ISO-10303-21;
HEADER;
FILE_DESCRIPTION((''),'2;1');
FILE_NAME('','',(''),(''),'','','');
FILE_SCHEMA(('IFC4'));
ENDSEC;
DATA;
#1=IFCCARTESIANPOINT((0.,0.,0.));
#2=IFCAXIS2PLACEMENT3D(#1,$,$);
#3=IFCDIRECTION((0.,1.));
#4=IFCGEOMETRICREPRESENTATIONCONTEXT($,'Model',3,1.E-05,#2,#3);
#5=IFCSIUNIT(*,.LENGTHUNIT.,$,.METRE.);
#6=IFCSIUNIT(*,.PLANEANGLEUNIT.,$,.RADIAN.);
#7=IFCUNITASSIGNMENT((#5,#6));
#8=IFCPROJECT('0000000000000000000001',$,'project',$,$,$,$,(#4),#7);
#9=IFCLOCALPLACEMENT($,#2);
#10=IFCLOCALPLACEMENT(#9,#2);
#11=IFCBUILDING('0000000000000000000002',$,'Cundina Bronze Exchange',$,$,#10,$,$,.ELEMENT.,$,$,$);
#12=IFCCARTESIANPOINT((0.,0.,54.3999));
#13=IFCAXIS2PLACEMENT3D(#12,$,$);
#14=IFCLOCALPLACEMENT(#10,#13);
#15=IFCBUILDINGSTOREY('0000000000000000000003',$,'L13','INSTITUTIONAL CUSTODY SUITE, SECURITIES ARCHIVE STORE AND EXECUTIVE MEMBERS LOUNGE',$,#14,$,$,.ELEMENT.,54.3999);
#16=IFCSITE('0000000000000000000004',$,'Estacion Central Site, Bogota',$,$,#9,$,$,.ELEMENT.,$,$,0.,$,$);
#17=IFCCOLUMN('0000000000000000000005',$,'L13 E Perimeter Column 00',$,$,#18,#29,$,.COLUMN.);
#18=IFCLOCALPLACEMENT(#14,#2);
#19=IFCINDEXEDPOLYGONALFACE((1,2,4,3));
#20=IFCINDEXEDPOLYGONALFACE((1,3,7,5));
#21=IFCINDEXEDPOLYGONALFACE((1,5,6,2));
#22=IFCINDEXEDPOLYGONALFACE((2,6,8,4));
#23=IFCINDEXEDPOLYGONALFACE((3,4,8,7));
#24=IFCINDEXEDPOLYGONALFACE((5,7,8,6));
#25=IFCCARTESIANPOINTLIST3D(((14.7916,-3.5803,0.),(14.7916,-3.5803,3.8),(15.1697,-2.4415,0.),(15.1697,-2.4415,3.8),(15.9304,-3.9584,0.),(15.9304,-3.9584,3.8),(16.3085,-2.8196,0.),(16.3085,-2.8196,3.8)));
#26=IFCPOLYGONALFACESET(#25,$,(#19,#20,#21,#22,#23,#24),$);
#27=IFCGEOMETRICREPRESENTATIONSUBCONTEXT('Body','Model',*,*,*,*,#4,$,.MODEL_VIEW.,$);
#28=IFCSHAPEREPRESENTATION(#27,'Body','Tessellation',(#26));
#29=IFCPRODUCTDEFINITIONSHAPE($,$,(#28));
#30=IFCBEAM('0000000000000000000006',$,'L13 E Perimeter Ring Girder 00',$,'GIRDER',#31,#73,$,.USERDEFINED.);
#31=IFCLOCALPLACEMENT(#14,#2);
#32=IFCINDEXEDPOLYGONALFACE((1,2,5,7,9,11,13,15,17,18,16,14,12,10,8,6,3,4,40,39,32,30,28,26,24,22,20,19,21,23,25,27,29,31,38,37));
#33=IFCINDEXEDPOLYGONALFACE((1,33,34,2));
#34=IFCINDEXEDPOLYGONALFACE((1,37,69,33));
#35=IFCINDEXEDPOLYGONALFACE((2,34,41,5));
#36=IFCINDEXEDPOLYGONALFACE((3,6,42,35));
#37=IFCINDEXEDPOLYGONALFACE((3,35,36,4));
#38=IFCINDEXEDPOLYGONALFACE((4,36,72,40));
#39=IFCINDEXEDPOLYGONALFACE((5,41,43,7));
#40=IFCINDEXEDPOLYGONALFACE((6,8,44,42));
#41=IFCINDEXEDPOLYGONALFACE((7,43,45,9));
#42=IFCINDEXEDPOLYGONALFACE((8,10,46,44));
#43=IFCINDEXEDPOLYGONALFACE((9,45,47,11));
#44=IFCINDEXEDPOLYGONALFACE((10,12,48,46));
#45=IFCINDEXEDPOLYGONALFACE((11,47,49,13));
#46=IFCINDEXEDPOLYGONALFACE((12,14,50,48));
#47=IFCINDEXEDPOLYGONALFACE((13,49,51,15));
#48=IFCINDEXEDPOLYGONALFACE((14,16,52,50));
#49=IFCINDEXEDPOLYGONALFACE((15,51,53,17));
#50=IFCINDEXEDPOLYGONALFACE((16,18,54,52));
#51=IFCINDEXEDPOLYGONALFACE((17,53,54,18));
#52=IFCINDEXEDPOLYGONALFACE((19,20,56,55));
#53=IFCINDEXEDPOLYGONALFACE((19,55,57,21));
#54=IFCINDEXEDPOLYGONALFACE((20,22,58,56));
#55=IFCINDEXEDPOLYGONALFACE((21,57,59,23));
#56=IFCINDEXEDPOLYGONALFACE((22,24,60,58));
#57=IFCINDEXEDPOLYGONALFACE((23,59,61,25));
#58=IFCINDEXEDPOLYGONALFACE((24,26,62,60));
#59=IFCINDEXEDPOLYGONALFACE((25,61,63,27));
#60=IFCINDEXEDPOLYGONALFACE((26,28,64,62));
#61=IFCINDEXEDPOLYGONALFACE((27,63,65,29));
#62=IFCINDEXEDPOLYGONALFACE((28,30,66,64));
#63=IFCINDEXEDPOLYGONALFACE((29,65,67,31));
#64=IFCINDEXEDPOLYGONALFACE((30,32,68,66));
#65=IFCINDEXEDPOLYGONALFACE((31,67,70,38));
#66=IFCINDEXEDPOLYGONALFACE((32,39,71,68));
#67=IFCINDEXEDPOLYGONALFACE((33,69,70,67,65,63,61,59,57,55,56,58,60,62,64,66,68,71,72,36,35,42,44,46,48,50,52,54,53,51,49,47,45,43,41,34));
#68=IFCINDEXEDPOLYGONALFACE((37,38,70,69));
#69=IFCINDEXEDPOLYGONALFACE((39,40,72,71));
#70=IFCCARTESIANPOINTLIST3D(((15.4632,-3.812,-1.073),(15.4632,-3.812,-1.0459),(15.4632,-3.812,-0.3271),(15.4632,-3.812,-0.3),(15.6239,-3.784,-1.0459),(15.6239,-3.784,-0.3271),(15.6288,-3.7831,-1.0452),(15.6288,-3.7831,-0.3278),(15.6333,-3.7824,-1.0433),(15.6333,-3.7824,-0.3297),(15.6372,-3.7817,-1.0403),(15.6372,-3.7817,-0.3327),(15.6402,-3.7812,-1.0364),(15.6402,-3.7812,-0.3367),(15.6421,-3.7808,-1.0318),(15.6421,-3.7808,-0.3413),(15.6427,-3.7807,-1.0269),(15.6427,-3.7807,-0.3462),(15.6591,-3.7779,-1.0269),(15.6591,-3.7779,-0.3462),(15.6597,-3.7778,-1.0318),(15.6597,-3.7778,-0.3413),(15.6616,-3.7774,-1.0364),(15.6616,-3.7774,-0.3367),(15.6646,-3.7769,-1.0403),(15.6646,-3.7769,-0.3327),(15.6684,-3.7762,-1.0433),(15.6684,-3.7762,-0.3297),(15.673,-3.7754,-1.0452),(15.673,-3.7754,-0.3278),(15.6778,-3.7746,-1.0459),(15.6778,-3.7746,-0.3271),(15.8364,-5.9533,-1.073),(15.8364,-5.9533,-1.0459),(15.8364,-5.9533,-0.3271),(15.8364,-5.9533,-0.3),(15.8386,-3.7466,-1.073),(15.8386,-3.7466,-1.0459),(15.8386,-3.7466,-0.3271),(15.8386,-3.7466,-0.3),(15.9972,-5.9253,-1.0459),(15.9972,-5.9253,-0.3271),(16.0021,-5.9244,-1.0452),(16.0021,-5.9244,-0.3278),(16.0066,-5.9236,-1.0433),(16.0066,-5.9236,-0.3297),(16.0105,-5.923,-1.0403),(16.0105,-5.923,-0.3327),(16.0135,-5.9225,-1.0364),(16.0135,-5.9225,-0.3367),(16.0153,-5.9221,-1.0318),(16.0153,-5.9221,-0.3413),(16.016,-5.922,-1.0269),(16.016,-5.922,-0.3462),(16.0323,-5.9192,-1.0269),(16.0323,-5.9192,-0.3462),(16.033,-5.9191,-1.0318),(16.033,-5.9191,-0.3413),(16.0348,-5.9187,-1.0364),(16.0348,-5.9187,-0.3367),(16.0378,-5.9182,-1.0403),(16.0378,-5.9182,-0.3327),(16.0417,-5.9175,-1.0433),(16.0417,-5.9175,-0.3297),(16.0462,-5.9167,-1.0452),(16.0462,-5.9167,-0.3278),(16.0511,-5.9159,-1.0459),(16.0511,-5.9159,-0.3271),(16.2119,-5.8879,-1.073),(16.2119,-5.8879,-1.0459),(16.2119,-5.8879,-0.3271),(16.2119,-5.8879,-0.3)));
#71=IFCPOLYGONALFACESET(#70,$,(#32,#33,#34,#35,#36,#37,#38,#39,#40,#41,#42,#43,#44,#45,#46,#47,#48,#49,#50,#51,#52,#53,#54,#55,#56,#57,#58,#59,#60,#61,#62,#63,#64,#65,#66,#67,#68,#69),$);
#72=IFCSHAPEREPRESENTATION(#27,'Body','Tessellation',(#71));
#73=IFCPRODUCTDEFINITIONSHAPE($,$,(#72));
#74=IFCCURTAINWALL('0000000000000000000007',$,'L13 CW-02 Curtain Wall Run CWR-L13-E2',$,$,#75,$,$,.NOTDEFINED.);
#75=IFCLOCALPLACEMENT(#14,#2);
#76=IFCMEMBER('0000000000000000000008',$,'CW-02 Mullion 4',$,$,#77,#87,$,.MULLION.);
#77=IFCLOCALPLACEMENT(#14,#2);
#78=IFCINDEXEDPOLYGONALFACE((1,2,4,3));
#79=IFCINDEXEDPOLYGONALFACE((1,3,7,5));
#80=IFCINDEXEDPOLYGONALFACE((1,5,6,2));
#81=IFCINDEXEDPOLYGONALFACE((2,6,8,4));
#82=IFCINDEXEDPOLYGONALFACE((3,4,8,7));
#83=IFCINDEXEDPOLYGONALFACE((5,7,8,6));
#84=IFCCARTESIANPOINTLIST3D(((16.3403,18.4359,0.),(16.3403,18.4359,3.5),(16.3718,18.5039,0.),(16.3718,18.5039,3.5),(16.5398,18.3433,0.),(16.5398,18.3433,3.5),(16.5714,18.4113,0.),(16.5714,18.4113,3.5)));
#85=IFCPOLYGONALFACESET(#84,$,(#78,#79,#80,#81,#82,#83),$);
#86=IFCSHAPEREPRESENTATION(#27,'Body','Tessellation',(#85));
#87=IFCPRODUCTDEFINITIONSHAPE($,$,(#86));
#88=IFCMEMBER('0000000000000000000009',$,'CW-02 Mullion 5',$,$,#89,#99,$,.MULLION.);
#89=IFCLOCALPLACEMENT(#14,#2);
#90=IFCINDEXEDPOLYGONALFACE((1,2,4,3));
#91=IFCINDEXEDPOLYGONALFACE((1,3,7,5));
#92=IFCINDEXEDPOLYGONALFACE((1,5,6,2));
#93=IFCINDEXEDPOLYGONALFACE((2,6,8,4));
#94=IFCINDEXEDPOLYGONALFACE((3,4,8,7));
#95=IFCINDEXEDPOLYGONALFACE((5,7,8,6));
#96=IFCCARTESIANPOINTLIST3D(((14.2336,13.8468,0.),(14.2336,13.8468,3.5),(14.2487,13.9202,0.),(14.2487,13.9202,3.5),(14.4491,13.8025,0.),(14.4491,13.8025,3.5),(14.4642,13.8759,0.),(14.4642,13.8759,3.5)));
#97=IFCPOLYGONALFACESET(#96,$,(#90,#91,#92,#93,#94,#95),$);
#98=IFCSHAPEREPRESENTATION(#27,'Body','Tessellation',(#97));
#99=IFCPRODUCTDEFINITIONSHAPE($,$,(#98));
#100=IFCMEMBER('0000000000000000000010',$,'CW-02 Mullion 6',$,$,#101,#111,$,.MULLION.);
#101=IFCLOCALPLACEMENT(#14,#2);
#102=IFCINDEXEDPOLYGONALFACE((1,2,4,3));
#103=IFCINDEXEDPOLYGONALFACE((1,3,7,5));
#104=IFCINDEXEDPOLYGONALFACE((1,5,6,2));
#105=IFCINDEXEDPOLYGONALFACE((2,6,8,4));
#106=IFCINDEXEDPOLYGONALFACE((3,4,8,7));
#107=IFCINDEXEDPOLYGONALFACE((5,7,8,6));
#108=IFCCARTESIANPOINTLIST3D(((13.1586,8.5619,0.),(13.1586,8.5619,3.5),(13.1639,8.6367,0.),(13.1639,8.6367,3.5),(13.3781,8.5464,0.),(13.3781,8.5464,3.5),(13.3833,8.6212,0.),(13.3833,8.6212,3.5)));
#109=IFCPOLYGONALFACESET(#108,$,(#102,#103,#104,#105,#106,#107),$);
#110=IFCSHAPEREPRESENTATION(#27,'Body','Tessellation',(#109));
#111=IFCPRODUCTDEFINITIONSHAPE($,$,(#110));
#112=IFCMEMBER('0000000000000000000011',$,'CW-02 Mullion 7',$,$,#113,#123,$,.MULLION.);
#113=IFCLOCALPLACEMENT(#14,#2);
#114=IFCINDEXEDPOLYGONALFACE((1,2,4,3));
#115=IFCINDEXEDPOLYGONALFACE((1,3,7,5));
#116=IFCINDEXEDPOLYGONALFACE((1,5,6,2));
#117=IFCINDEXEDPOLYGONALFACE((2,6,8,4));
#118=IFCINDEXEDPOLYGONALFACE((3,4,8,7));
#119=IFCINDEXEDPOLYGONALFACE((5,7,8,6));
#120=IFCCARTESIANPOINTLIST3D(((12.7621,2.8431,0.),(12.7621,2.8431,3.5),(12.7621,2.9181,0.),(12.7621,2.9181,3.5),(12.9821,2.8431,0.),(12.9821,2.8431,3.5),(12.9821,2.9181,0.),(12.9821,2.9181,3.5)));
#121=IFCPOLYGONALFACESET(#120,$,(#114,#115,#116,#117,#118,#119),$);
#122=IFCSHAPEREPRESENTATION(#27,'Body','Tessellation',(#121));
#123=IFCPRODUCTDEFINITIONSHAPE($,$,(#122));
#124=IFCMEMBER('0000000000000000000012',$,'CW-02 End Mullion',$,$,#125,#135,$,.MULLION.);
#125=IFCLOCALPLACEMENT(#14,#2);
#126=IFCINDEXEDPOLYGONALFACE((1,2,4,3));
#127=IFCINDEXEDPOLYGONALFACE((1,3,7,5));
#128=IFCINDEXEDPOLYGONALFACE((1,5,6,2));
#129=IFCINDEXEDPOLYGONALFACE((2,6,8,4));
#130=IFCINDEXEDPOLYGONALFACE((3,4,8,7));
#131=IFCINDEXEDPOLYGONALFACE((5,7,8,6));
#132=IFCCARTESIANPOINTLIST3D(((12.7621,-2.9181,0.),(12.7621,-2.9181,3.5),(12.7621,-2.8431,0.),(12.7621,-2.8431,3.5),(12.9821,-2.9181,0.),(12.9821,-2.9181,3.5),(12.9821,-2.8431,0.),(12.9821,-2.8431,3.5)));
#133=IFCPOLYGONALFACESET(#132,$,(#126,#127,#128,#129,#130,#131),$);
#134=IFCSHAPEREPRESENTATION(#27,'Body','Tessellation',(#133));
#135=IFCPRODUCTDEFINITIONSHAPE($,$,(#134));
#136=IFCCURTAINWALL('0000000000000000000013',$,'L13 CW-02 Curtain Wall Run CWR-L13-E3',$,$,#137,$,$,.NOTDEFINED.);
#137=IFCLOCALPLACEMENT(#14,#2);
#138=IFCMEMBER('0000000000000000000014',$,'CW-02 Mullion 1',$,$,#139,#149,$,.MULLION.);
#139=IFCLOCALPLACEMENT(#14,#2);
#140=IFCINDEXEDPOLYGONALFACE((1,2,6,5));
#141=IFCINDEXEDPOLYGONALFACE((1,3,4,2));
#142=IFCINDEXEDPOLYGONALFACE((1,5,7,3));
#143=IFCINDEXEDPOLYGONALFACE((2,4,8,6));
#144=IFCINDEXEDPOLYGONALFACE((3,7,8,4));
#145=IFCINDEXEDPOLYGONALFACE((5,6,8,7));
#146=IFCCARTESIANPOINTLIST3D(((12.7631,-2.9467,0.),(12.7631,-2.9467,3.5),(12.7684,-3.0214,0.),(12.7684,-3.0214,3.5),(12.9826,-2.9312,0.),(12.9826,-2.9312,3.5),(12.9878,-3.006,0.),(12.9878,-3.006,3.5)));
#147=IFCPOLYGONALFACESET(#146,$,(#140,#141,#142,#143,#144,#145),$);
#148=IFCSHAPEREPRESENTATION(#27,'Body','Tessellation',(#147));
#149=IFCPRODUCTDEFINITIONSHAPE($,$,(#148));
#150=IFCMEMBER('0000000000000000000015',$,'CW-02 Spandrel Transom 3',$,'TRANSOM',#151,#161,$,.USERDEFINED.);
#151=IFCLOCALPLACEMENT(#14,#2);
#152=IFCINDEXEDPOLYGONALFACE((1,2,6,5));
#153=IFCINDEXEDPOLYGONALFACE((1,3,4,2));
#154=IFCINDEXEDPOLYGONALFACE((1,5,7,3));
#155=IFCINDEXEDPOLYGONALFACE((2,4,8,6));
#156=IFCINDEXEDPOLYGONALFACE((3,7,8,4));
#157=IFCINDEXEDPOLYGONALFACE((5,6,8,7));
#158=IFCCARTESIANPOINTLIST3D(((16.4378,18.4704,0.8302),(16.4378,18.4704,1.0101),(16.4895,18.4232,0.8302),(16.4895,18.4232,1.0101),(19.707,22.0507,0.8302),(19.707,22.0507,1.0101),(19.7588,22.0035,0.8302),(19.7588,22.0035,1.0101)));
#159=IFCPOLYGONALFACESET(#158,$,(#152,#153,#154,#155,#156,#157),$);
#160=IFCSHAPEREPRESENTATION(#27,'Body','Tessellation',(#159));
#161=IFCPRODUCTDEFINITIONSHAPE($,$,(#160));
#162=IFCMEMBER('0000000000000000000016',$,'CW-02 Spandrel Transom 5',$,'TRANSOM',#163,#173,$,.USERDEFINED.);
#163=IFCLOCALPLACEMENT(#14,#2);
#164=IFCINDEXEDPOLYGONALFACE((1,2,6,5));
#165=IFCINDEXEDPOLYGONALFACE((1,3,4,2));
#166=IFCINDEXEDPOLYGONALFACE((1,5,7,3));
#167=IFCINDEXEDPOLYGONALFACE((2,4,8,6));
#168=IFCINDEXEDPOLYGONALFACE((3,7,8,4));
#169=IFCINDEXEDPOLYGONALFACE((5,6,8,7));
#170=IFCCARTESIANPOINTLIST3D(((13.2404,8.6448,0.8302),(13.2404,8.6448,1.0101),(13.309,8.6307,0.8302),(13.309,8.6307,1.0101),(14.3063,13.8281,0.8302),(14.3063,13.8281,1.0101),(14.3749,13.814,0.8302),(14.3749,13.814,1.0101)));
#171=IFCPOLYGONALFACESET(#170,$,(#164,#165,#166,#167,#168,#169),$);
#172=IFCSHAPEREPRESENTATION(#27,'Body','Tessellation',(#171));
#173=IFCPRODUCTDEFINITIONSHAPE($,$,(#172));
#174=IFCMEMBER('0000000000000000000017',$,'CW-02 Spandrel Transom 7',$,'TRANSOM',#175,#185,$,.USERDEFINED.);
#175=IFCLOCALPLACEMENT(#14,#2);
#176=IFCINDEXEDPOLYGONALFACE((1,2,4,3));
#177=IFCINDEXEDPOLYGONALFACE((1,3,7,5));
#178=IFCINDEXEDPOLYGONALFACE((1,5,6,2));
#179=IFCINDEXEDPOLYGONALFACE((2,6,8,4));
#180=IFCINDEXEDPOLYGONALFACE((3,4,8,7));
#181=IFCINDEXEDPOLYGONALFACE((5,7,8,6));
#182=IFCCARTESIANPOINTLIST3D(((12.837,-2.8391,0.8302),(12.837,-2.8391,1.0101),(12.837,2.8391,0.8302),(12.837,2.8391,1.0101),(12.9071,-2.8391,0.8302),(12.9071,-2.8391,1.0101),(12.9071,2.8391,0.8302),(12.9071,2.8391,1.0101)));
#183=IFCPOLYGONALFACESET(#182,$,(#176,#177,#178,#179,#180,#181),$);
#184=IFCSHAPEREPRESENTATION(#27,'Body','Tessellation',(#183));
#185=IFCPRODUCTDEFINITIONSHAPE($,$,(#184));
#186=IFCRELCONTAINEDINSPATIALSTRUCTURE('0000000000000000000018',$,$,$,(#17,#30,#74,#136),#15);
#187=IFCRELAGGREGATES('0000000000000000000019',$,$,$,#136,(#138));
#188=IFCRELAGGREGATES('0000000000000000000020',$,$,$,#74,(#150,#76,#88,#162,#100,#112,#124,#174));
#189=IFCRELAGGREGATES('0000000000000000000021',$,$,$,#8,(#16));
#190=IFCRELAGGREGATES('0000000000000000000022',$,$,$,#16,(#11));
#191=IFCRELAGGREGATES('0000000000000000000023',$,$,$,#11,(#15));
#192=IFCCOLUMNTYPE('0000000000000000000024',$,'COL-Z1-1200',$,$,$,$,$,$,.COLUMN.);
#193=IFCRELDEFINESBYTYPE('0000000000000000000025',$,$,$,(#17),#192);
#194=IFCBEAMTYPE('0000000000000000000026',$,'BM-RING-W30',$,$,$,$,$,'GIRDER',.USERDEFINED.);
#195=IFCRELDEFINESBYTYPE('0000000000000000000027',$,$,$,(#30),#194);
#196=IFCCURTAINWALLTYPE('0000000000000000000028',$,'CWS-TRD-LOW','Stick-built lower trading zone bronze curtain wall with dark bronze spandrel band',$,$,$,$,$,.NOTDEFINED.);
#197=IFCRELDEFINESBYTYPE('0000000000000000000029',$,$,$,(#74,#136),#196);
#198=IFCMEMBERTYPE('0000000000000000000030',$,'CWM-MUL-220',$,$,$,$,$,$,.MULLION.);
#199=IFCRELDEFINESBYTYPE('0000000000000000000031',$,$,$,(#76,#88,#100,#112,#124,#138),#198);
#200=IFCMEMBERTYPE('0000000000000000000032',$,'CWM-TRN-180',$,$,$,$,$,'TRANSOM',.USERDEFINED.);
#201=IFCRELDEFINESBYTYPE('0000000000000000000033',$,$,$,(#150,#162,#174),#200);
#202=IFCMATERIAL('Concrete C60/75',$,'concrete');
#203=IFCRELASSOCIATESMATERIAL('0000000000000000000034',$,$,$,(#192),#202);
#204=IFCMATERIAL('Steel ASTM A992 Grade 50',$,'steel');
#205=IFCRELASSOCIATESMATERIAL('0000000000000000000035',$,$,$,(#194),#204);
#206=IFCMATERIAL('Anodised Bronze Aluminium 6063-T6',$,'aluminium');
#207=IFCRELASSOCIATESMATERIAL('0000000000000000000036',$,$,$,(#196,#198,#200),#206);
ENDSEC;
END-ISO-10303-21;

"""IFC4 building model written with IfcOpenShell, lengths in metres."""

from ifc_helpers import new_model, si_unit, direction, frame, origin, origin_2d, place, context, subcontext, project, spatial, rectangle, i_section, extrude, material, material_profile, profile_set, type_object, element, aggregate, save


model = new_model("IFC4")

# Units and contexts
model_context = context("Model", 3, precision=1e-05, world=origin(), true_north=direction((0.0, 1.0)))
body_context = subcontext(model_context, "Body", "Model", "MODEL_VIEW")
ifc_project = project(units=[si_unit("LENGTHUNIT", "METRE"), si_unit("PLANEANGLEUNIT", "RADIAN")], contexts=[model_context])

# Site, building, storey
site_placement = place(None, origin())
site = spatial("IfcSite", under=ifc_project, at=site_placement, Name="Estacion Central Site, Bogota", CompositionType="ELEMENT", RefElevation=0.0)
building_placement = place(site_placement, origin())
building = spatial("IfcBuilding", under=site, at=building_placement, Name="Cundina Bronze Exchange", CompositionType="ELEMENT")
storey_placement = place(building_placement, frame((0.0, 0.0, 54.3999)))
storey = spatial("IfcBuildingStorey", under=building, at=storey_placement, Name="L13", Description="INSTITUTIONAL CUSTODY SUITE, SECURITIES ARCHIVE STORE AND EXECUTIVE MEMBERS LOUNGE", CompositionType="ELEMENT", Elevation=54.3999)

# Column
ifc_material_1 = material(Name="Concrete C60/75", Category="concrete")
ifc_material_profile_1 = material_profile(ifc_material_1, rectangle(XDim=1.2, YDim=1.2, at=origin_2d()), Name="RC1200X1200", Category="concrete")
ifc_profile_set_1 = profile_set([ifc_material_profile_1], Name="Concrete C60/75")
column_type = type_object("IfcColumnType", Name="COL-Z1-1200", PredefinedType="COLUMN", material=ifc_profile_set_1)
column_placement = place(storey_placement, frame((15.55, -3.2, 0.0), z_axis=(0.0, 0.0, 1.0), x_axis=(-0.315152, -0.949041, 0.0)))
element("IfcColumn", 1, at=column_placement, inside=storey, type_object=column_type, Name="L13 E Perimeter Column 00", PredefinedType="COLUMN", context=body_context, shape_type="SweptSolid", body=[
    extrude(rectangle(XDim=1.2, YDim=1.2, at=origin_2d()), origin(), (0.0, 0.0, 1.0), 3.8),
])

# Beam
ifc_material_2 = material(Name="Steel ASTM A992 Grade 50", Category="steel")
ifc_material_profile_2 = material_profile(ifc_material_2, i_section(OverallWidth=0.3811, OverallDepth=0.7729, WebThickness=0.0166, FlangeThickness=0.0271, FilletRadius=0.019, at=origin_2d()), Name="W30X173", Category="steel")
ifc_profile_set_2 = profile_set([ifc_material_profile_2], Name="Steel ASTM A992 Grade 50")
beam_type = type_object("IfcBeamType", Name="BM-RING-W30", ElementType="GIRDER", PredefinedType="USERDEFINED", material=ifc_profile_set_2)
beam_placement = place(storey_placement, frame((15.6509, -3.7793, -0.6865), z_axis=(0.171735, -0.985143, 0.0), x_axis=(0.985143, 0.171735, 0.0)))
element("IfcBeam", 2, at=beam_placement, inside=storey, type_object=beam_type, Name="L13 E Perimeter Ring Girder 00", ObjectType="GIRDER", PredefinedType="USERDEFINED", context=body_context, shape_type="SweptSolid", body=[
    extrude(i_section(OverallWidth=0.3811, OverallDepth=0.7729, WebThickness=0.0166, FlangeThickness=0.0271, FilletRadius=0.019, at=origin_2d()), origin(), (0.0, 0.0, 1.0), 2.1736),
])

# Curtain wall, members
ifc_material_3 = material(Name="Anodised Bronze Aluminium 6063-T6", Category="aluminium")
curtain_wall_type = type_object("IfcCurtainWallType", Name="CWS-TRD-LOW", Description="Stick-built lower trading zone bronze curtain wall with dark bronze spandrel band", PredefinedType="NOTDEFINED", material=ifc_material_3)
curtain_wall_1_placement = place(storey_placement, origin())
curtain_wall_1 = element("IfcCurtainWall", 3, at=curtain_wall_1_placement, inside=storey, type_object=curtain_wall_type, Name="L13 CW-02 Curtain Wall Run CWR-L13-E2", PredefinedType="NOTDEFINED")
ifc_material_profile_3 = material_profile(ifc_material_3, rectangle(XDim=0.075, YDim=0.22, at=origin_2d()), Name="AL75X220", Category="aluminium")
ifc_profile_set_3 = profile_set([ifc_material_profile_3], Name="Anodised Bronze Aluminium 6063-T6")
member_type_1 = type_object("IfcMemberType", Name="CWM-MUL-220", PredefinedType="MULLION", material=ifc_profile_set_3)
member_1_placement = place(storey_placement, frame((16.4558, 18.4236, 0.0), z_axis=(0.0, 0.0, 1.0), x_axis=(-0.420877, -0.907117, 0.0)))
member_1 = element("IfcMember", 4, at=member_1_placement, type_object=member_type_1, Name="CW-02 Mullion 4", PredefinedType="MULLION", context=body_context, shape_type="SweptSolid", body=[
    extrude(rectangle(XDim=0.075, YDim=0.22, at=origin_2d()), origin(), (0.0, 0.0, 1.0), 3.5),
])
member_2_placement = place(storey_placement, frame((14.3489, 13.8613, 0.0), z_axis=(0.0, 0.0, 1.0), x_axis=(-0.20142, -0.979505, 0.0)))
member_2 = element("IfcMember", 5, at=member_2_placement, type_object=member_type_1, Name="CW-02 Mullion 5", PredefinedType="MULLION", context=body_context, shape_type="SweptSolid", body=[
    extrude(rectangle(XDim=0.075, YDim=0.22, at=origin_2d()), origin(), (0.0, 0.0, 1.0), 3.5),
])
member_3_placement = place(storey_placement, frame((13.271, 8.5916, 0.0), z_axis=(0.0, 0.0, 1.0), x_axis=(-0.070279, -0.997527, 0.0)))
member_3 = element("IfcMember", 6, at=member_3_placement, type_object=member_type_1, Name="CW-02 Mullion 6", PredefinedType="MULLION", context=body_context, shape_type="SweptSolid", body=[
    extrude(rectangle(XDim=0.075, YDim=0.22, at=origin_2d()), origin(), (0.0, 0.0, 1.0), 3.5),
])
member_4_placement = place(storey_placement, frame((12.8721, 2.8806, 0.0), z_axis=(0.0, 0.0, 1.0), x_axis=(0.0, -1.0, 0.0)))
member_4 = element("IfcMember", 7, at=member_4_placement, type_object=member_type_1, Name="CW-02 Mullion 7", PredefinedType="MULLION", context=body_context, shape_type="SweptSolid", body=[
    extrude(rectangle(XDim=0.075, YDim=0.22, at=origin_2d()), origin(), (0.0, 0.0, 1.0), 3.5),
])
member_5_placement = place(storey_placement, frame((12.8721, -2.8806, 0.0), z_axis=(0.0, 0.0, 1.0), x_axis=(0.0, -1.0, 0.0)))
member_5 = element("IfcMember", 8, at=member_5_placement, type_object=member_type_1, Name="CW-02 End Mullion", PredefinedType="MULLION", context=body_context, shape_type="SweptSolid", body=[
    extrude(rectangle(XDim=0.075, YDim=0.22, at=origin_2d()), origin(), (0.0, 0.0, 1.0), 3.5),
])

# Curtain wall, member
curtain_wall_2_placement = place(storey_placement, origin())
curtain_wall_2 = element("IfcCurtainWall", 9, at=curtain_wall_2_placement, inside=storey, type_object=curtain_wall_type, Name="L13 CW-02 Curtain Wall Run CWR-L13-E3", PredefinedType="NOTDEFINED")
member_6_placement = place(storey_placement, frame((12.8755, -2.9763, 0.0), z_axis=(0.0, 0.0, 1.0), x_axis=(0.070279, -0.997527, 0.0)))
member_6 = element("IfcMember", 10, at=member_6_placement, type_object=member_type_1, Name="CW-02 Mullion 1", PredefinedType="MULLION", context=body_context, shape_type="SweptSolid", body=[
    extrude(rectangle(XDim=0.075, YDim=0.22, at=origin_2d()), origin(), (0.0, 0.0, 1.0), 3.5),
])

# Members
ifc_material_profile_4 = material_profile(ifc_material_3, rectangle(XDim=0.0701, YDim=0.1799, at=origin_2d()), Name="AL70X180", Category="aluminium")
ifc_profile_set_4 = profile_set([ifc_material_profile_4], Name="Anodised Bronze Aluminium 6063-T6")
member_type_2 = type_object("IfcMemberType", Name="CWM-TRN-180", ElementType="TRANSOM", PredefinedType="USERDEFINED", material=ifc_profile_set_4)
member_7_placement = place(storey_placement, frame((19.7329, 22.0271, 0.9202), z_axis=(-0.674303, -0.738455, 0.0), x_axis=(0.738455, -0.674303, 0.0)))
member_7 = element("IfcMember", 11, at=member_7_placement, type_object=member_type_2, Name="CW-02 Spandrel Transom 3", ObjectType="TRANSOM", PredefinedType="USERDEFINED", context=body_context, shape_type="SweptSolid", body=[
    extrude(rectangle(XDim=0.0701, YDim=0.1799, at=origin_2d()), origin(), (0.0, 0.0, 1.0), 4.8484),
])
member_8_placement = place(storey_placement, frame((14.3406, 13.821, 0.9202), z_axis=(-0.201428, -0.979503, 0.0), x_axis=(0.979503, -0.201428, 0.0)))
member_8 = element("IfcMember", 12, at=member_8_placement, type_object=member_type_2, Name="CW-02 Spandrel Transom 5", ObjectType="TRANSOM", PredefinedType="USERDEFINED", context=body_context, shape_type="SweptSolid", body=[
    extrude(rectangle(XDim=0.0701, YDim=0.1799, at=origin_2d()), origin(), (0.0, 0.0, 1.0), 5.2917),
])
member_9_placement = place(storey_placement, frame((12.8721, 2.8391, 0.9202), z_axis=(0.0, -1.0, 0.0), x_axis=(1.0, 0.0, 0.0)))
member_9 = element("IfcMember", 13, at=member_9_placement, type_object=member_type_2, Name="CW-02 Spandrel Transom 7", ObjectType="TRANSOM", PredefinedType="USERDEFINED", context=body_context, shape_type="SweptSolid", body=[
    extrude(rectangle(XDim=0.0701, YDim=0.1799, at=origin_2d()), origin(), (0.0, 0.0, 1.0), 5.6782),
])
aggregate(curtain_wall_2, [member_6])

aggregate(curtain_wall_1, [member_7, member_1, member_2, member_8, member_3, member_4, member_5, member_9])

save(model, "model.ifc")
